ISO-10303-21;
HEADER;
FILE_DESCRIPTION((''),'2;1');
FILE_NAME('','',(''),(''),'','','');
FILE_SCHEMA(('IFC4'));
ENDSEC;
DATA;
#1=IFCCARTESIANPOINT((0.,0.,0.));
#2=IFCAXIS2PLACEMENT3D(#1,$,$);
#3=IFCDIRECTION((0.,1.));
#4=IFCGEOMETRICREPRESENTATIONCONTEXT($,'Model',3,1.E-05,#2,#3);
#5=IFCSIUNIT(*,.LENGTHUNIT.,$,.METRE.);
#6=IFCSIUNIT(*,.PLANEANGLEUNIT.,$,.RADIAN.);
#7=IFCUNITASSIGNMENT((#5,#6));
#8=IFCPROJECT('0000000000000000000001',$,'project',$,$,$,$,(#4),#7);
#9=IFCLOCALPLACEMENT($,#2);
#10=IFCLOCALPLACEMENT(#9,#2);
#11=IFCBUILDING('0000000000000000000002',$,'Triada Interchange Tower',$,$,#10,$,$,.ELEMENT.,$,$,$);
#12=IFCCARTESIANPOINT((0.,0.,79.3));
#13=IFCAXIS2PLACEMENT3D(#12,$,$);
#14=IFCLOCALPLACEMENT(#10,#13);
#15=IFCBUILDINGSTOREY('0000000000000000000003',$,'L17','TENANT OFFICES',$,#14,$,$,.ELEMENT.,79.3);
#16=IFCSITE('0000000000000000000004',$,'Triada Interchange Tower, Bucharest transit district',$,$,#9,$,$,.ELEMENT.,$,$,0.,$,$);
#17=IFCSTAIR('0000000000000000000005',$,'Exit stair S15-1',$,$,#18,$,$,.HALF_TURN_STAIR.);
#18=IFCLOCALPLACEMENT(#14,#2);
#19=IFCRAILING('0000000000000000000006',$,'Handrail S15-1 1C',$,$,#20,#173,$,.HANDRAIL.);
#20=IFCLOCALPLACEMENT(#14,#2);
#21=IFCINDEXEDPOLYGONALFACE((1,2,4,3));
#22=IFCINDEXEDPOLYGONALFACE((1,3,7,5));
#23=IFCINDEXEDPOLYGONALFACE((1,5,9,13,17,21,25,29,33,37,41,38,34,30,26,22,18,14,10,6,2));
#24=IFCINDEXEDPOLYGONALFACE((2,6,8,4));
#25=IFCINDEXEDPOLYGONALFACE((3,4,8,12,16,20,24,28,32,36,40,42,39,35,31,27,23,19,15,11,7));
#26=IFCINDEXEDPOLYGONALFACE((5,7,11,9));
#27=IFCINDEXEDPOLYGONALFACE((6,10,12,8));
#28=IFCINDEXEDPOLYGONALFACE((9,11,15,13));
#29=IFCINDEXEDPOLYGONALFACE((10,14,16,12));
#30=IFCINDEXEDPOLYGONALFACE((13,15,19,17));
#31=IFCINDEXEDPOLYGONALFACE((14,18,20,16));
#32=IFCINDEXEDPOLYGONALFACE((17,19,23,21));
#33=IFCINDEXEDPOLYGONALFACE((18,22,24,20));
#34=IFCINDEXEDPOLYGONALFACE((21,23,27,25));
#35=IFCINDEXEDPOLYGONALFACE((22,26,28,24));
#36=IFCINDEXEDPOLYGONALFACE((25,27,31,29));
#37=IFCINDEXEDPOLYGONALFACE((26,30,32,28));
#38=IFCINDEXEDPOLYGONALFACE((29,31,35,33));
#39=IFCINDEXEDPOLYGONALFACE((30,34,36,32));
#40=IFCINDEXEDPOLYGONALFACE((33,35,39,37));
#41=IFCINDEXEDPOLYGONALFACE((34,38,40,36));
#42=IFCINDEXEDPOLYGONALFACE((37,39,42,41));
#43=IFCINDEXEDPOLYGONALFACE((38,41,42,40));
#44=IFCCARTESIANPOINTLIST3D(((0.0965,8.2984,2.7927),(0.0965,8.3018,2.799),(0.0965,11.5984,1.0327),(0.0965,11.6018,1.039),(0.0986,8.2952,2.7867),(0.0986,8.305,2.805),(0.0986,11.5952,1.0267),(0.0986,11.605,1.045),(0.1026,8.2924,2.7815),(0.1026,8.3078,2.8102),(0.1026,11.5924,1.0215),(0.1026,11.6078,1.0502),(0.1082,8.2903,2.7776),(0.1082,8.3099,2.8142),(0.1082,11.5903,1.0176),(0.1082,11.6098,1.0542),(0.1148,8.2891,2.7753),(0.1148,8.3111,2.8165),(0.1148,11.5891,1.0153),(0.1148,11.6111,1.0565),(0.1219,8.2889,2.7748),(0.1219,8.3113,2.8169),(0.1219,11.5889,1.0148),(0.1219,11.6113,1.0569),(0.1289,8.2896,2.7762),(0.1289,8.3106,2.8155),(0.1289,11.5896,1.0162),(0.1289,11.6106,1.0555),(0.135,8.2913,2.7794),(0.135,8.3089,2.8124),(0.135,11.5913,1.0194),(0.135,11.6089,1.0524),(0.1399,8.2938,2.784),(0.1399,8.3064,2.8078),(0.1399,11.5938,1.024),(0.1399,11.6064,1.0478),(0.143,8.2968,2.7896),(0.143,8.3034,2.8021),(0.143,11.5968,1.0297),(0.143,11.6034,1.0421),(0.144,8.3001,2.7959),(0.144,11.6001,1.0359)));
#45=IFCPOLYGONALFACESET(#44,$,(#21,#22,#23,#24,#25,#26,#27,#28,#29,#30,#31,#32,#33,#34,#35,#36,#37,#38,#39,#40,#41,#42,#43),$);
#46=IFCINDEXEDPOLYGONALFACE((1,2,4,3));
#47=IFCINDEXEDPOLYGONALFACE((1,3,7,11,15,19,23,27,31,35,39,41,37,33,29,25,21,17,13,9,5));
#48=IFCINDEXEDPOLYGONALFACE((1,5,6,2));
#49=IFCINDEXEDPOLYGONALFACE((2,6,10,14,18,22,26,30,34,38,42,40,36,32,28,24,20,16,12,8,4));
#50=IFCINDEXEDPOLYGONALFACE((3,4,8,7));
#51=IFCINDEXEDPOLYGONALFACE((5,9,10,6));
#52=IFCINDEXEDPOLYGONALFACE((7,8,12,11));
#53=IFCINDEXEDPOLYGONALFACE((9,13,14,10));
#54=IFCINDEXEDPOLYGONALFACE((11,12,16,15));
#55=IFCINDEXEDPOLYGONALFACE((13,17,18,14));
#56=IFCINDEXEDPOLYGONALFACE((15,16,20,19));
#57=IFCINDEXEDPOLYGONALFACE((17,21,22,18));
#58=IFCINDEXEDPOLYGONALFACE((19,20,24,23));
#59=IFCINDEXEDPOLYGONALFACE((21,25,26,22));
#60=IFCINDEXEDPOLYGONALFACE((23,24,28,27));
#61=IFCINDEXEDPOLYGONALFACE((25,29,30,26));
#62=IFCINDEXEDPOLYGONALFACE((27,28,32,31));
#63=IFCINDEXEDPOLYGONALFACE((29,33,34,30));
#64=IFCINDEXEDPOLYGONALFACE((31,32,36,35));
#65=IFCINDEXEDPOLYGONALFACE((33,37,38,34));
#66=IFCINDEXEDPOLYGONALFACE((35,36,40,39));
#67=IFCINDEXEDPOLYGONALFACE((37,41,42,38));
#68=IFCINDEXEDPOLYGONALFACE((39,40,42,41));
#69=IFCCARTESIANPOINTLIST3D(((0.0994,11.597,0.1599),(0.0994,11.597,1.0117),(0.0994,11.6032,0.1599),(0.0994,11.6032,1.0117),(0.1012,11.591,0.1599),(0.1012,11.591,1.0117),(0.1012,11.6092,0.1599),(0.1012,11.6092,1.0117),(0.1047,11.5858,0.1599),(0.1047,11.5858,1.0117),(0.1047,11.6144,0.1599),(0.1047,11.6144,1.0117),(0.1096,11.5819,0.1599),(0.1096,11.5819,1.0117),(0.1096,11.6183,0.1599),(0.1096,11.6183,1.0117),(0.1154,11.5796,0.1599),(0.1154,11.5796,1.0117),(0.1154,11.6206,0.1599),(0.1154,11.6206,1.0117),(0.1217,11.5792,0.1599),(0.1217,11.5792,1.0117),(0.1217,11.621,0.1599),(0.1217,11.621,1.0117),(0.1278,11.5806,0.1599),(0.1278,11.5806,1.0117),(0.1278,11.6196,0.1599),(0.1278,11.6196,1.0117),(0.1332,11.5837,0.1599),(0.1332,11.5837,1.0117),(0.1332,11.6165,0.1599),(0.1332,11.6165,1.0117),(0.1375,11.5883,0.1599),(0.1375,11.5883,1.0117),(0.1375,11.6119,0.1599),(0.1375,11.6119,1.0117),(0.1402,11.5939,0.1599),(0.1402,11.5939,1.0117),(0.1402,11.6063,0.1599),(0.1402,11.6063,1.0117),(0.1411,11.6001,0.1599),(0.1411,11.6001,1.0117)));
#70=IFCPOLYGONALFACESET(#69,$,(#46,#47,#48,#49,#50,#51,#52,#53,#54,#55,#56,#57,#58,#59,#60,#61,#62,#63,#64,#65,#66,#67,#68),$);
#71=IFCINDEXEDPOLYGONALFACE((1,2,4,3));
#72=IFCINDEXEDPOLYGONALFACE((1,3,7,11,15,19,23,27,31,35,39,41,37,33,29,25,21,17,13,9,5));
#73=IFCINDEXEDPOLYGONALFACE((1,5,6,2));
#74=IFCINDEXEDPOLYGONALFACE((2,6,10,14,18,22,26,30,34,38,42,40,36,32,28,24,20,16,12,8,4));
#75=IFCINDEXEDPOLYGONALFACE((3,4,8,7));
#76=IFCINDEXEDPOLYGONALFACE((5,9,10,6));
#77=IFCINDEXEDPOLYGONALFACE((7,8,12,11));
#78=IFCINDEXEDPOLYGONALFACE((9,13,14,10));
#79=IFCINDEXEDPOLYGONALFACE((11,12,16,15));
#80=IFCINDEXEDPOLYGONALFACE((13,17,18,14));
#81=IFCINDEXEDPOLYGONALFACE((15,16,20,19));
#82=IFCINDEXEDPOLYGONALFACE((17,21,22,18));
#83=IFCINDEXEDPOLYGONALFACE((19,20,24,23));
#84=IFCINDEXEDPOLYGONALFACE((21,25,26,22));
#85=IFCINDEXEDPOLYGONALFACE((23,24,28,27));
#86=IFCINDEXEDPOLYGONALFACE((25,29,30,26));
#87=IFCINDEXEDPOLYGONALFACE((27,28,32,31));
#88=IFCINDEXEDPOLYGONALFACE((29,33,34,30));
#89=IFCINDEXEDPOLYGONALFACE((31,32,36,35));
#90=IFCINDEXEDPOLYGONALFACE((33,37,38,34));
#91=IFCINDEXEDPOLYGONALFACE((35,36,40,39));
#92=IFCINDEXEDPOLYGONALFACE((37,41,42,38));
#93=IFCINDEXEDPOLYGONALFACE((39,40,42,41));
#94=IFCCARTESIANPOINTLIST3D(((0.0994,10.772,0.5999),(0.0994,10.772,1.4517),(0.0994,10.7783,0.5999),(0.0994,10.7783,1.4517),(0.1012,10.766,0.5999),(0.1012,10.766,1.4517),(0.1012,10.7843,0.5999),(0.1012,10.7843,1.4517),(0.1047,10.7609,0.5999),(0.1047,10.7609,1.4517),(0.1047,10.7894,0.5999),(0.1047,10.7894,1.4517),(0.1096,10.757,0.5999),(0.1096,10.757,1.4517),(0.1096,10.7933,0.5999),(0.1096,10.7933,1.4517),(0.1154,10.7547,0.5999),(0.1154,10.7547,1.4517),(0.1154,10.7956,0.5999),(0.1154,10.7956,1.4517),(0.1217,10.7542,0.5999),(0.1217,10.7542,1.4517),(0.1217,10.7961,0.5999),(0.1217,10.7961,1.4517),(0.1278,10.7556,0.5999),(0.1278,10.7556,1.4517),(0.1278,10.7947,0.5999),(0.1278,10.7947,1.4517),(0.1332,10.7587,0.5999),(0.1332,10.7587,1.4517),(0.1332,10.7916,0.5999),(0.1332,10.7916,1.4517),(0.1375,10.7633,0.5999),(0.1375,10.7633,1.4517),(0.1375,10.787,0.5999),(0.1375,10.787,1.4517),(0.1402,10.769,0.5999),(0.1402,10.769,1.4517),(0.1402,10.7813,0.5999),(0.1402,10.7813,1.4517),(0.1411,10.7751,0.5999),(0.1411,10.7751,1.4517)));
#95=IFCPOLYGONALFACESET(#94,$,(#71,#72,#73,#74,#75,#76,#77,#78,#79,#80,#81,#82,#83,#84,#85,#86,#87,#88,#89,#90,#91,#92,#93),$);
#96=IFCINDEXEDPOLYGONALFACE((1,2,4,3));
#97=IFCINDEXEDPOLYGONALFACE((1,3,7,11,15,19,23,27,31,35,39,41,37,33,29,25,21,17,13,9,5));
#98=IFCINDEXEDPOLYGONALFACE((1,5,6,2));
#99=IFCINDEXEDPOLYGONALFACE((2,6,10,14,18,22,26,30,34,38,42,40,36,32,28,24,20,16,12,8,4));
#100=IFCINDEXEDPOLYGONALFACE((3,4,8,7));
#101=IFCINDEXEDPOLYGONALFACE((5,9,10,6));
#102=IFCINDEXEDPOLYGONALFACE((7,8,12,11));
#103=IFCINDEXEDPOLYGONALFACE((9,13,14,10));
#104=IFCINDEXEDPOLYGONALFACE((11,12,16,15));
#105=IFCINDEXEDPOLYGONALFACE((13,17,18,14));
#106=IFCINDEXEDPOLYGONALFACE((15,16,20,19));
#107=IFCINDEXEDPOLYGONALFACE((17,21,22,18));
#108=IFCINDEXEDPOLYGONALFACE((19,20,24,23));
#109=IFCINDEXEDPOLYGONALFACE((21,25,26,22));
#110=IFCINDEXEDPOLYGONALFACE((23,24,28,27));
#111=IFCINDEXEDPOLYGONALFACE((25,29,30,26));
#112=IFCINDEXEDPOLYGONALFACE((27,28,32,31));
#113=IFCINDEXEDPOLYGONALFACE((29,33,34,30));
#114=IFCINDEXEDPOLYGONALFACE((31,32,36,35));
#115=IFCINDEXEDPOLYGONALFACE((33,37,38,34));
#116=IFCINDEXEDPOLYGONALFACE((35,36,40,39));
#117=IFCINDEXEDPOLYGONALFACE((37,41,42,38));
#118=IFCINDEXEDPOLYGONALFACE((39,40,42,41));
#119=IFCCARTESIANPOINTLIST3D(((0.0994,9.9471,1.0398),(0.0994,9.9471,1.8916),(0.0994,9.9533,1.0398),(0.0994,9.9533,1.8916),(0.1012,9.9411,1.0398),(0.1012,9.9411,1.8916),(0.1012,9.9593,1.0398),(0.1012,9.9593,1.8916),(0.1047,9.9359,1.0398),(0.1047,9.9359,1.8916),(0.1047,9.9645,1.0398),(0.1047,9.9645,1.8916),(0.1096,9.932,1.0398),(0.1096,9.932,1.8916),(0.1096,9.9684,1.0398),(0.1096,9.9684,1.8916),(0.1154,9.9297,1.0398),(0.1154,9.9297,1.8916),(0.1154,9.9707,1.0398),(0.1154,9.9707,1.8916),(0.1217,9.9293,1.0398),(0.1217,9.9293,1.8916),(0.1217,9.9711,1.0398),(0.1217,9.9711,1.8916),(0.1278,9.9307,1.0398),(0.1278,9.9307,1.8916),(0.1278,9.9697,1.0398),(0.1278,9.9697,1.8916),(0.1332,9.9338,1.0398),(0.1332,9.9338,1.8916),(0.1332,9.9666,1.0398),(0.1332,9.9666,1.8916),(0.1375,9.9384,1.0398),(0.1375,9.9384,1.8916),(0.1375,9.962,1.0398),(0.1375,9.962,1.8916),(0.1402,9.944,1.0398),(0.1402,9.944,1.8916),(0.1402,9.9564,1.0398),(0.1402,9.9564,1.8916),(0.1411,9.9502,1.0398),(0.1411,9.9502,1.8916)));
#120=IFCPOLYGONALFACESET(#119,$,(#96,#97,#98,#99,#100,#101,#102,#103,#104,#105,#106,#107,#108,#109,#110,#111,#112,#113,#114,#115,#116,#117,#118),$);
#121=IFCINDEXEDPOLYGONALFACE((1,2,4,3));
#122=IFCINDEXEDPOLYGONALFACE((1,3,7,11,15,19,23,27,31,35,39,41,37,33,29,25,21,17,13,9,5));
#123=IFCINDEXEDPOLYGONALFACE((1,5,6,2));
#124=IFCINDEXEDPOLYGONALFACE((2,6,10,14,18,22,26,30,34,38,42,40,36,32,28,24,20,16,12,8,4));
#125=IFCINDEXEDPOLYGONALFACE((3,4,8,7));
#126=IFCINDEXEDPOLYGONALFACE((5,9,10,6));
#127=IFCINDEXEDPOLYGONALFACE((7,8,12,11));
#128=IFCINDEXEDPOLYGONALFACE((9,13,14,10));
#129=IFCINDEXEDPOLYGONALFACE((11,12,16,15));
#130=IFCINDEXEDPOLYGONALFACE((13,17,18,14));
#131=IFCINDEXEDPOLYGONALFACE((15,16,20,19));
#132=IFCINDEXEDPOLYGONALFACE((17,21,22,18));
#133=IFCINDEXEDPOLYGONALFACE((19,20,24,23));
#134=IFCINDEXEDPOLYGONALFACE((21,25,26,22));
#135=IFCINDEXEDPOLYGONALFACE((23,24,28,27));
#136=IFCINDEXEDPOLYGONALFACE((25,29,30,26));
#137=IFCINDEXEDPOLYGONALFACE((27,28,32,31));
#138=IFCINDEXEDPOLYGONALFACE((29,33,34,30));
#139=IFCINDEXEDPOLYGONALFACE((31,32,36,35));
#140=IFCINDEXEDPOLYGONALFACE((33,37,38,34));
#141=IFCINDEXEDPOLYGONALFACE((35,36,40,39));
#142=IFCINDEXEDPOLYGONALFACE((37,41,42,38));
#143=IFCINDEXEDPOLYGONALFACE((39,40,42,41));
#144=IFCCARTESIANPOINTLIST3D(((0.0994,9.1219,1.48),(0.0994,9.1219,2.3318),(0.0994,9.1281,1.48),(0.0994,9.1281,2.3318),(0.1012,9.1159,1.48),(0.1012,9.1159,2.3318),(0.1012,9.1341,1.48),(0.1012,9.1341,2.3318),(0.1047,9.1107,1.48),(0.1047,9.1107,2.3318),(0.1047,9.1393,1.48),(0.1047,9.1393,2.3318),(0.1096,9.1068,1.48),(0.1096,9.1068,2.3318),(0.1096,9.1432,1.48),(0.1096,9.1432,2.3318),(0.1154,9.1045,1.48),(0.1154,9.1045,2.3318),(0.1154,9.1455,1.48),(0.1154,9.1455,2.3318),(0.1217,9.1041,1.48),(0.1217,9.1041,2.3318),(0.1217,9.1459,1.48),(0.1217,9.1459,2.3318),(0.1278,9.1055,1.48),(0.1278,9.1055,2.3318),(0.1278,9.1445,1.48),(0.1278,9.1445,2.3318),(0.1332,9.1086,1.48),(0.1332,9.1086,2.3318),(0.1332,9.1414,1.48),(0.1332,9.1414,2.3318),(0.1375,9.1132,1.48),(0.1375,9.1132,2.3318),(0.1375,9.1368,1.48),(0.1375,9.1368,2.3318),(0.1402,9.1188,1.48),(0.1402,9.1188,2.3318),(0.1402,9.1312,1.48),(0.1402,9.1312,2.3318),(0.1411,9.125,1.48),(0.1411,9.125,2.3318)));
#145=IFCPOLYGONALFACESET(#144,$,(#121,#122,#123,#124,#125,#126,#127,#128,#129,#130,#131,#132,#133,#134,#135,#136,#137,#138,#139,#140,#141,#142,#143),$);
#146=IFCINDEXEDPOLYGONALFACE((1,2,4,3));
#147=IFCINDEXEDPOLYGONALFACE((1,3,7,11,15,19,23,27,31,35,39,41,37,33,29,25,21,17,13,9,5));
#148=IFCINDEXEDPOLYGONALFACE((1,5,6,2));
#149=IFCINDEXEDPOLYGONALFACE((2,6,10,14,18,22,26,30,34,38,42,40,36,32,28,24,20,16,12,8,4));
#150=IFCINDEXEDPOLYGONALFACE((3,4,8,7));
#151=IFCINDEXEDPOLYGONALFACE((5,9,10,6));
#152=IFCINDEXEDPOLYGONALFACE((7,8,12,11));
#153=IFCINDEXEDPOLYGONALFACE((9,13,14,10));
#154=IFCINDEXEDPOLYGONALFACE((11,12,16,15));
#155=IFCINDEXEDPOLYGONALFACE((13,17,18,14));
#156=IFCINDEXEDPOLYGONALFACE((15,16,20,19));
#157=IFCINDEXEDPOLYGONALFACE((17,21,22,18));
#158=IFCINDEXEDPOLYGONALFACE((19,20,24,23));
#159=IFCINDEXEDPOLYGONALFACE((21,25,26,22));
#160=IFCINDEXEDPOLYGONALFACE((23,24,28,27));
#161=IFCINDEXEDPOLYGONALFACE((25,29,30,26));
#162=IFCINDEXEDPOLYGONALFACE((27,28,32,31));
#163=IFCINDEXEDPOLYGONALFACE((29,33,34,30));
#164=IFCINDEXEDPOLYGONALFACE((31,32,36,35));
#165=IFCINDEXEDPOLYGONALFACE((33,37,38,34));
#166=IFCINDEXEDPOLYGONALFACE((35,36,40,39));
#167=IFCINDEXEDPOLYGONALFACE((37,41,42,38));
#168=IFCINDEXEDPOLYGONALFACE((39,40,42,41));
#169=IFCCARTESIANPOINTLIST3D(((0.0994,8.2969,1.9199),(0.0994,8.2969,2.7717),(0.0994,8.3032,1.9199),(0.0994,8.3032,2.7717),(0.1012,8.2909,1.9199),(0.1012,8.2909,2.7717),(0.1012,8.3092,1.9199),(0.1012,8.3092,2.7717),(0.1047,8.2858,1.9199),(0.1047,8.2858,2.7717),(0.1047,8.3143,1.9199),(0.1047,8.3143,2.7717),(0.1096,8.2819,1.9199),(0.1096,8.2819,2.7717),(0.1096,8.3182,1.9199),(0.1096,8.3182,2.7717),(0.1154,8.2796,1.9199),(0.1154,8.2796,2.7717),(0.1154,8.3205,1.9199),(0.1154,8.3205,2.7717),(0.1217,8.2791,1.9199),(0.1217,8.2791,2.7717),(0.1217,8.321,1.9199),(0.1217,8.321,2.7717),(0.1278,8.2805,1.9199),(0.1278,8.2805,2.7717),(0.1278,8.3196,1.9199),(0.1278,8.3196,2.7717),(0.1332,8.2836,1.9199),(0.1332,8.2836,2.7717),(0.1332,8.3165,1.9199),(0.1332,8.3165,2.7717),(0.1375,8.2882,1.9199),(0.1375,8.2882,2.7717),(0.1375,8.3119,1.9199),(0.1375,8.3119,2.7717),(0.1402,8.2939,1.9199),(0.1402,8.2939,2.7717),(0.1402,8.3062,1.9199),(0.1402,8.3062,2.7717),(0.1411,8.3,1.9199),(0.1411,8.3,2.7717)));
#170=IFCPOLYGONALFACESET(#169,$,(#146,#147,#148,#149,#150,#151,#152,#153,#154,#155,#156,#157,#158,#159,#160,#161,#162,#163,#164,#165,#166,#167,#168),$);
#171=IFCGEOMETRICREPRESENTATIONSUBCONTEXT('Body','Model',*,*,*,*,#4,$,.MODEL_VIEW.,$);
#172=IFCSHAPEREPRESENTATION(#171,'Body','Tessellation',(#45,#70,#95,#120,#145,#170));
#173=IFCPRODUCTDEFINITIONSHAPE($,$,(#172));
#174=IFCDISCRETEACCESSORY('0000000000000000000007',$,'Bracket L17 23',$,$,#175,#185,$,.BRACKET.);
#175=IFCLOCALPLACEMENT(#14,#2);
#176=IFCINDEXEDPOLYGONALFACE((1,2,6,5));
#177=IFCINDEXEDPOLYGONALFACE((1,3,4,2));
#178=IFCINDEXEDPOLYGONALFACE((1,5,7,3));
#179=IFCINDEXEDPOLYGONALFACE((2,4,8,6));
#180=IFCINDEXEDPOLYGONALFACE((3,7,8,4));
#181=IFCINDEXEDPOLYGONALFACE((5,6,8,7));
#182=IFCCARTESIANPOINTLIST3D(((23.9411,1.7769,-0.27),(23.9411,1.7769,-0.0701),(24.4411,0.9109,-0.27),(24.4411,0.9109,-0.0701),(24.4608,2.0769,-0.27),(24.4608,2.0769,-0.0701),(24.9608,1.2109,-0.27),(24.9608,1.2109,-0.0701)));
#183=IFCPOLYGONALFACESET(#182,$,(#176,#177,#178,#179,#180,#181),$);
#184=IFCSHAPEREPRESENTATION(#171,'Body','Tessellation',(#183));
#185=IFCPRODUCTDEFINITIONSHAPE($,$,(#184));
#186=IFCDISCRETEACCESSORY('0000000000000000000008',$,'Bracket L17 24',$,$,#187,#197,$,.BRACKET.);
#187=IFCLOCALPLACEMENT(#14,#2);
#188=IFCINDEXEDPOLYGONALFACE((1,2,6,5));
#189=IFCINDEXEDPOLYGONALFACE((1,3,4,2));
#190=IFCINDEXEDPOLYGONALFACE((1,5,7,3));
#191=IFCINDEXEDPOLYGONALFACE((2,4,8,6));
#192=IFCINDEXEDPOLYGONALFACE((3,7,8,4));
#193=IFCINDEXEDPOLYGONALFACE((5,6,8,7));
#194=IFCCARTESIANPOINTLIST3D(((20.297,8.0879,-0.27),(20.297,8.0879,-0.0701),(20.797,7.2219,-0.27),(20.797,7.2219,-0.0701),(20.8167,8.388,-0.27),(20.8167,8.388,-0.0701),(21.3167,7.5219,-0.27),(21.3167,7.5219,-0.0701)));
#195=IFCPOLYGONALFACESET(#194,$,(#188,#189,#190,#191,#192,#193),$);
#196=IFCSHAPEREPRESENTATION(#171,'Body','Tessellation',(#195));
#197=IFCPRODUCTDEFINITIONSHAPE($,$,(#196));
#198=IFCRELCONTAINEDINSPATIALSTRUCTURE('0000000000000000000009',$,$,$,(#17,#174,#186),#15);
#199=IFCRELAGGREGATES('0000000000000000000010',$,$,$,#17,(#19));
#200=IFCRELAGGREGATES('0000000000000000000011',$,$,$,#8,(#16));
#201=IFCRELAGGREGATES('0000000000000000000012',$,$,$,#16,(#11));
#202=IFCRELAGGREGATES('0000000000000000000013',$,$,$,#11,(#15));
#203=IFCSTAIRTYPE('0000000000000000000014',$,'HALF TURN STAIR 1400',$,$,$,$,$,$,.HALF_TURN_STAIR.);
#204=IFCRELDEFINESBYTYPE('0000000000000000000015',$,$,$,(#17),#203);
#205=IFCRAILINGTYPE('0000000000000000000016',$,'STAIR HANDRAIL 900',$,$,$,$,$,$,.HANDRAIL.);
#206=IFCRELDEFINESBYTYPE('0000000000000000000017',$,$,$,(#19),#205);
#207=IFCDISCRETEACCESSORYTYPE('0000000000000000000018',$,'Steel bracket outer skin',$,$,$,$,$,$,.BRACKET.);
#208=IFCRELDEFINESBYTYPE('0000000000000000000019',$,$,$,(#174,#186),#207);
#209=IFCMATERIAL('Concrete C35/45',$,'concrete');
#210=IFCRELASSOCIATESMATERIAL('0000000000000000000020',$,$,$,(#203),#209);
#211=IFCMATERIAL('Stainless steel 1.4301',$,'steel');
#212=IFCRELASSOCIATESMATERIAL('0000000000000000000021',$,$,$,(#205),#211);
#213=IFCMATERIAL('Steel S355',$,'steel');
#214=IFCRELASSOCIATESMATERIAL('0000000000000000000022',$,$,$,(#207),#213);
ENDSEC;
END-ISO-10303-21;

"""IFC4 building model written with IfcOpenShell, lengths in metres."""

from ifc_helpers import new_model, si_unit, direction, frame, origin, origin_2d, place, context, subcontext, project, spatial, rectangle, circle, extrude, material, type_object, element, aggregate, save


model = new_model("IFC4")

# Units and contexts
model_context = context("Model", 3, precision=1e-05, world=origin(), true_north=direction((0.0, 1.0)))
body_context = subcontext(model_context, "Body", "Model", "MODEL_VIEW")
ifc_project = project(units=[si_unit("LENGTHUNIT", "METRE"), si_unit("PLANEANGLEUNIT", "RADIAN")], contexts=[model_context])

# Site, building, storey
site_placement = place(None, origin())
site = spatial("IfcSite", under=ifc_project, at=site_placement, Name="Triada Interchange Tower, Bucharest transit district", CompositionType="ELEMENT", RefElevation=0.0)
building_placement = place(site_placement, origin())
building = spatial("IfcBuilding", under=site, at=building_placement, Name="Triada Interchange Tower", CompositionType="ELEMENT")
storey_placement = place(building_placement, frame((0.0, 0.0, 79.3)))
storey = spatial("IfcBuildingStorey", under=building, at=storey_placement, Name="L17", Description="TENANT OFFICES", CompositionType="ELEMENT", Elevation=79.3)

# Stair
ifc_material_1 = material(Name="Concrete C35/45", Category="concrete")
stair_type = type_object("IfcStairType", Name="HALF TURN STAIR 1400", PredefinedType="HALF_TURN_STAIR", material=ifc_material_1)
stair_1_placement = place(storey_placement, origin())
stair_1 = element("IfcStair", 1, at=stair_1_placement, inside=storey, type_object=stair_type, Name="Exit stair S15-1", PredefinedType="HALF_TURN_STAIR")

# Railing
ifc_material_2 = material(Name="Stainless steel 1.4301", Category="steel")
railing_type = type_object("IfcRailingType", Name="STAIR HANDRAIL 900", PredefinedType="HANDRAIL", material=ifc_material_2)
railing_1_placement = place(storey_placement, frame((0.1201, 11.6001, 0.1599)))
railing_1 = element("IfcRailing", 2, at=railing_1_placement, type_object=railing_type, Name="Handrail S15-1 1C", PredefinedType="HANDRAIL", context=body_context, shape_type="SweptSolid", body=[
    extrude(circle(Radius=0.0239, at=origin_2d()), frame((0.0, 0.0, 0.876), z_axis=(0.0, -0.882355, 0.470585), x_axis=(1.0, 0.0, 0.0)), (0.0, 0.0, 1.0), 3.74),
    extrude(circle(Radius=0.021, at=origin_2d()), origin(), (0.0, 0.0, 1.0), 0.8518),
    extrude(circle(Radius=0.021, at=origin_2d()), frame((0.0, -0.825, 0.4399)), (0.0, 0.0, 1.0), 0.8518),
    extrude(circle(Radius=0.021, at=origin_2d()), frame((0.0, -1.6499, 0.8799)), (0.0, 0.0, 1.0), 0.8518),
    extrude(circle(Radius=0.021, at=origin_2d()), frame((0.0, -2.4751, 1.3201)), (0.0, 0.0, 1.0), 0.8518),
    extrude(circle(Radius=0.021, at=origin_2d()), frame((0.0, -3.3, 1.76)), (0.0, 0.0, 1.0), 0.8518),
])
aggregate(stair_1, [railing_1])

# Discrete accessories
ifc_material_3 = material(Name="Steel S355", Category="steel")
discrete_accessory_type = type_object("IfcDiscreteAccessoryType", Name="Steel bracket outer skin", PredefinedType="BRACKET", material=ifc_material_3)
for number, where, z_axis, x_axis, name in (
    (3, (24.4509, 1.4939, -0.27), (0.0, 0.0, 1.0), (0.866027, 0.499997, 0.0), "Bracket L17 23"),
    (4, (20.8069, 7.8049, -0.27), (0.0, 0.0, 1.0), (0.866027, 0.499997, 0.0), "Bracket L17 24"),
):
    element("IfcDiscreteAccessory", number, at=place(storey_placement, frame(where, z_axis=z_axis, x_axis=x_axis)), inside=storey, type_object=discrete_accessory_type, Name=name, PredefinedType="BRACKET", context=body_context, shape_type="SweptSolid", body=[
        extrude(rectangle(XDim=0.6001, YDim=1.0, at=origin_2d()), origin(), (0.0, 0.0, 1.0), 0.2),
    ])

save(model, "model.ifc")
